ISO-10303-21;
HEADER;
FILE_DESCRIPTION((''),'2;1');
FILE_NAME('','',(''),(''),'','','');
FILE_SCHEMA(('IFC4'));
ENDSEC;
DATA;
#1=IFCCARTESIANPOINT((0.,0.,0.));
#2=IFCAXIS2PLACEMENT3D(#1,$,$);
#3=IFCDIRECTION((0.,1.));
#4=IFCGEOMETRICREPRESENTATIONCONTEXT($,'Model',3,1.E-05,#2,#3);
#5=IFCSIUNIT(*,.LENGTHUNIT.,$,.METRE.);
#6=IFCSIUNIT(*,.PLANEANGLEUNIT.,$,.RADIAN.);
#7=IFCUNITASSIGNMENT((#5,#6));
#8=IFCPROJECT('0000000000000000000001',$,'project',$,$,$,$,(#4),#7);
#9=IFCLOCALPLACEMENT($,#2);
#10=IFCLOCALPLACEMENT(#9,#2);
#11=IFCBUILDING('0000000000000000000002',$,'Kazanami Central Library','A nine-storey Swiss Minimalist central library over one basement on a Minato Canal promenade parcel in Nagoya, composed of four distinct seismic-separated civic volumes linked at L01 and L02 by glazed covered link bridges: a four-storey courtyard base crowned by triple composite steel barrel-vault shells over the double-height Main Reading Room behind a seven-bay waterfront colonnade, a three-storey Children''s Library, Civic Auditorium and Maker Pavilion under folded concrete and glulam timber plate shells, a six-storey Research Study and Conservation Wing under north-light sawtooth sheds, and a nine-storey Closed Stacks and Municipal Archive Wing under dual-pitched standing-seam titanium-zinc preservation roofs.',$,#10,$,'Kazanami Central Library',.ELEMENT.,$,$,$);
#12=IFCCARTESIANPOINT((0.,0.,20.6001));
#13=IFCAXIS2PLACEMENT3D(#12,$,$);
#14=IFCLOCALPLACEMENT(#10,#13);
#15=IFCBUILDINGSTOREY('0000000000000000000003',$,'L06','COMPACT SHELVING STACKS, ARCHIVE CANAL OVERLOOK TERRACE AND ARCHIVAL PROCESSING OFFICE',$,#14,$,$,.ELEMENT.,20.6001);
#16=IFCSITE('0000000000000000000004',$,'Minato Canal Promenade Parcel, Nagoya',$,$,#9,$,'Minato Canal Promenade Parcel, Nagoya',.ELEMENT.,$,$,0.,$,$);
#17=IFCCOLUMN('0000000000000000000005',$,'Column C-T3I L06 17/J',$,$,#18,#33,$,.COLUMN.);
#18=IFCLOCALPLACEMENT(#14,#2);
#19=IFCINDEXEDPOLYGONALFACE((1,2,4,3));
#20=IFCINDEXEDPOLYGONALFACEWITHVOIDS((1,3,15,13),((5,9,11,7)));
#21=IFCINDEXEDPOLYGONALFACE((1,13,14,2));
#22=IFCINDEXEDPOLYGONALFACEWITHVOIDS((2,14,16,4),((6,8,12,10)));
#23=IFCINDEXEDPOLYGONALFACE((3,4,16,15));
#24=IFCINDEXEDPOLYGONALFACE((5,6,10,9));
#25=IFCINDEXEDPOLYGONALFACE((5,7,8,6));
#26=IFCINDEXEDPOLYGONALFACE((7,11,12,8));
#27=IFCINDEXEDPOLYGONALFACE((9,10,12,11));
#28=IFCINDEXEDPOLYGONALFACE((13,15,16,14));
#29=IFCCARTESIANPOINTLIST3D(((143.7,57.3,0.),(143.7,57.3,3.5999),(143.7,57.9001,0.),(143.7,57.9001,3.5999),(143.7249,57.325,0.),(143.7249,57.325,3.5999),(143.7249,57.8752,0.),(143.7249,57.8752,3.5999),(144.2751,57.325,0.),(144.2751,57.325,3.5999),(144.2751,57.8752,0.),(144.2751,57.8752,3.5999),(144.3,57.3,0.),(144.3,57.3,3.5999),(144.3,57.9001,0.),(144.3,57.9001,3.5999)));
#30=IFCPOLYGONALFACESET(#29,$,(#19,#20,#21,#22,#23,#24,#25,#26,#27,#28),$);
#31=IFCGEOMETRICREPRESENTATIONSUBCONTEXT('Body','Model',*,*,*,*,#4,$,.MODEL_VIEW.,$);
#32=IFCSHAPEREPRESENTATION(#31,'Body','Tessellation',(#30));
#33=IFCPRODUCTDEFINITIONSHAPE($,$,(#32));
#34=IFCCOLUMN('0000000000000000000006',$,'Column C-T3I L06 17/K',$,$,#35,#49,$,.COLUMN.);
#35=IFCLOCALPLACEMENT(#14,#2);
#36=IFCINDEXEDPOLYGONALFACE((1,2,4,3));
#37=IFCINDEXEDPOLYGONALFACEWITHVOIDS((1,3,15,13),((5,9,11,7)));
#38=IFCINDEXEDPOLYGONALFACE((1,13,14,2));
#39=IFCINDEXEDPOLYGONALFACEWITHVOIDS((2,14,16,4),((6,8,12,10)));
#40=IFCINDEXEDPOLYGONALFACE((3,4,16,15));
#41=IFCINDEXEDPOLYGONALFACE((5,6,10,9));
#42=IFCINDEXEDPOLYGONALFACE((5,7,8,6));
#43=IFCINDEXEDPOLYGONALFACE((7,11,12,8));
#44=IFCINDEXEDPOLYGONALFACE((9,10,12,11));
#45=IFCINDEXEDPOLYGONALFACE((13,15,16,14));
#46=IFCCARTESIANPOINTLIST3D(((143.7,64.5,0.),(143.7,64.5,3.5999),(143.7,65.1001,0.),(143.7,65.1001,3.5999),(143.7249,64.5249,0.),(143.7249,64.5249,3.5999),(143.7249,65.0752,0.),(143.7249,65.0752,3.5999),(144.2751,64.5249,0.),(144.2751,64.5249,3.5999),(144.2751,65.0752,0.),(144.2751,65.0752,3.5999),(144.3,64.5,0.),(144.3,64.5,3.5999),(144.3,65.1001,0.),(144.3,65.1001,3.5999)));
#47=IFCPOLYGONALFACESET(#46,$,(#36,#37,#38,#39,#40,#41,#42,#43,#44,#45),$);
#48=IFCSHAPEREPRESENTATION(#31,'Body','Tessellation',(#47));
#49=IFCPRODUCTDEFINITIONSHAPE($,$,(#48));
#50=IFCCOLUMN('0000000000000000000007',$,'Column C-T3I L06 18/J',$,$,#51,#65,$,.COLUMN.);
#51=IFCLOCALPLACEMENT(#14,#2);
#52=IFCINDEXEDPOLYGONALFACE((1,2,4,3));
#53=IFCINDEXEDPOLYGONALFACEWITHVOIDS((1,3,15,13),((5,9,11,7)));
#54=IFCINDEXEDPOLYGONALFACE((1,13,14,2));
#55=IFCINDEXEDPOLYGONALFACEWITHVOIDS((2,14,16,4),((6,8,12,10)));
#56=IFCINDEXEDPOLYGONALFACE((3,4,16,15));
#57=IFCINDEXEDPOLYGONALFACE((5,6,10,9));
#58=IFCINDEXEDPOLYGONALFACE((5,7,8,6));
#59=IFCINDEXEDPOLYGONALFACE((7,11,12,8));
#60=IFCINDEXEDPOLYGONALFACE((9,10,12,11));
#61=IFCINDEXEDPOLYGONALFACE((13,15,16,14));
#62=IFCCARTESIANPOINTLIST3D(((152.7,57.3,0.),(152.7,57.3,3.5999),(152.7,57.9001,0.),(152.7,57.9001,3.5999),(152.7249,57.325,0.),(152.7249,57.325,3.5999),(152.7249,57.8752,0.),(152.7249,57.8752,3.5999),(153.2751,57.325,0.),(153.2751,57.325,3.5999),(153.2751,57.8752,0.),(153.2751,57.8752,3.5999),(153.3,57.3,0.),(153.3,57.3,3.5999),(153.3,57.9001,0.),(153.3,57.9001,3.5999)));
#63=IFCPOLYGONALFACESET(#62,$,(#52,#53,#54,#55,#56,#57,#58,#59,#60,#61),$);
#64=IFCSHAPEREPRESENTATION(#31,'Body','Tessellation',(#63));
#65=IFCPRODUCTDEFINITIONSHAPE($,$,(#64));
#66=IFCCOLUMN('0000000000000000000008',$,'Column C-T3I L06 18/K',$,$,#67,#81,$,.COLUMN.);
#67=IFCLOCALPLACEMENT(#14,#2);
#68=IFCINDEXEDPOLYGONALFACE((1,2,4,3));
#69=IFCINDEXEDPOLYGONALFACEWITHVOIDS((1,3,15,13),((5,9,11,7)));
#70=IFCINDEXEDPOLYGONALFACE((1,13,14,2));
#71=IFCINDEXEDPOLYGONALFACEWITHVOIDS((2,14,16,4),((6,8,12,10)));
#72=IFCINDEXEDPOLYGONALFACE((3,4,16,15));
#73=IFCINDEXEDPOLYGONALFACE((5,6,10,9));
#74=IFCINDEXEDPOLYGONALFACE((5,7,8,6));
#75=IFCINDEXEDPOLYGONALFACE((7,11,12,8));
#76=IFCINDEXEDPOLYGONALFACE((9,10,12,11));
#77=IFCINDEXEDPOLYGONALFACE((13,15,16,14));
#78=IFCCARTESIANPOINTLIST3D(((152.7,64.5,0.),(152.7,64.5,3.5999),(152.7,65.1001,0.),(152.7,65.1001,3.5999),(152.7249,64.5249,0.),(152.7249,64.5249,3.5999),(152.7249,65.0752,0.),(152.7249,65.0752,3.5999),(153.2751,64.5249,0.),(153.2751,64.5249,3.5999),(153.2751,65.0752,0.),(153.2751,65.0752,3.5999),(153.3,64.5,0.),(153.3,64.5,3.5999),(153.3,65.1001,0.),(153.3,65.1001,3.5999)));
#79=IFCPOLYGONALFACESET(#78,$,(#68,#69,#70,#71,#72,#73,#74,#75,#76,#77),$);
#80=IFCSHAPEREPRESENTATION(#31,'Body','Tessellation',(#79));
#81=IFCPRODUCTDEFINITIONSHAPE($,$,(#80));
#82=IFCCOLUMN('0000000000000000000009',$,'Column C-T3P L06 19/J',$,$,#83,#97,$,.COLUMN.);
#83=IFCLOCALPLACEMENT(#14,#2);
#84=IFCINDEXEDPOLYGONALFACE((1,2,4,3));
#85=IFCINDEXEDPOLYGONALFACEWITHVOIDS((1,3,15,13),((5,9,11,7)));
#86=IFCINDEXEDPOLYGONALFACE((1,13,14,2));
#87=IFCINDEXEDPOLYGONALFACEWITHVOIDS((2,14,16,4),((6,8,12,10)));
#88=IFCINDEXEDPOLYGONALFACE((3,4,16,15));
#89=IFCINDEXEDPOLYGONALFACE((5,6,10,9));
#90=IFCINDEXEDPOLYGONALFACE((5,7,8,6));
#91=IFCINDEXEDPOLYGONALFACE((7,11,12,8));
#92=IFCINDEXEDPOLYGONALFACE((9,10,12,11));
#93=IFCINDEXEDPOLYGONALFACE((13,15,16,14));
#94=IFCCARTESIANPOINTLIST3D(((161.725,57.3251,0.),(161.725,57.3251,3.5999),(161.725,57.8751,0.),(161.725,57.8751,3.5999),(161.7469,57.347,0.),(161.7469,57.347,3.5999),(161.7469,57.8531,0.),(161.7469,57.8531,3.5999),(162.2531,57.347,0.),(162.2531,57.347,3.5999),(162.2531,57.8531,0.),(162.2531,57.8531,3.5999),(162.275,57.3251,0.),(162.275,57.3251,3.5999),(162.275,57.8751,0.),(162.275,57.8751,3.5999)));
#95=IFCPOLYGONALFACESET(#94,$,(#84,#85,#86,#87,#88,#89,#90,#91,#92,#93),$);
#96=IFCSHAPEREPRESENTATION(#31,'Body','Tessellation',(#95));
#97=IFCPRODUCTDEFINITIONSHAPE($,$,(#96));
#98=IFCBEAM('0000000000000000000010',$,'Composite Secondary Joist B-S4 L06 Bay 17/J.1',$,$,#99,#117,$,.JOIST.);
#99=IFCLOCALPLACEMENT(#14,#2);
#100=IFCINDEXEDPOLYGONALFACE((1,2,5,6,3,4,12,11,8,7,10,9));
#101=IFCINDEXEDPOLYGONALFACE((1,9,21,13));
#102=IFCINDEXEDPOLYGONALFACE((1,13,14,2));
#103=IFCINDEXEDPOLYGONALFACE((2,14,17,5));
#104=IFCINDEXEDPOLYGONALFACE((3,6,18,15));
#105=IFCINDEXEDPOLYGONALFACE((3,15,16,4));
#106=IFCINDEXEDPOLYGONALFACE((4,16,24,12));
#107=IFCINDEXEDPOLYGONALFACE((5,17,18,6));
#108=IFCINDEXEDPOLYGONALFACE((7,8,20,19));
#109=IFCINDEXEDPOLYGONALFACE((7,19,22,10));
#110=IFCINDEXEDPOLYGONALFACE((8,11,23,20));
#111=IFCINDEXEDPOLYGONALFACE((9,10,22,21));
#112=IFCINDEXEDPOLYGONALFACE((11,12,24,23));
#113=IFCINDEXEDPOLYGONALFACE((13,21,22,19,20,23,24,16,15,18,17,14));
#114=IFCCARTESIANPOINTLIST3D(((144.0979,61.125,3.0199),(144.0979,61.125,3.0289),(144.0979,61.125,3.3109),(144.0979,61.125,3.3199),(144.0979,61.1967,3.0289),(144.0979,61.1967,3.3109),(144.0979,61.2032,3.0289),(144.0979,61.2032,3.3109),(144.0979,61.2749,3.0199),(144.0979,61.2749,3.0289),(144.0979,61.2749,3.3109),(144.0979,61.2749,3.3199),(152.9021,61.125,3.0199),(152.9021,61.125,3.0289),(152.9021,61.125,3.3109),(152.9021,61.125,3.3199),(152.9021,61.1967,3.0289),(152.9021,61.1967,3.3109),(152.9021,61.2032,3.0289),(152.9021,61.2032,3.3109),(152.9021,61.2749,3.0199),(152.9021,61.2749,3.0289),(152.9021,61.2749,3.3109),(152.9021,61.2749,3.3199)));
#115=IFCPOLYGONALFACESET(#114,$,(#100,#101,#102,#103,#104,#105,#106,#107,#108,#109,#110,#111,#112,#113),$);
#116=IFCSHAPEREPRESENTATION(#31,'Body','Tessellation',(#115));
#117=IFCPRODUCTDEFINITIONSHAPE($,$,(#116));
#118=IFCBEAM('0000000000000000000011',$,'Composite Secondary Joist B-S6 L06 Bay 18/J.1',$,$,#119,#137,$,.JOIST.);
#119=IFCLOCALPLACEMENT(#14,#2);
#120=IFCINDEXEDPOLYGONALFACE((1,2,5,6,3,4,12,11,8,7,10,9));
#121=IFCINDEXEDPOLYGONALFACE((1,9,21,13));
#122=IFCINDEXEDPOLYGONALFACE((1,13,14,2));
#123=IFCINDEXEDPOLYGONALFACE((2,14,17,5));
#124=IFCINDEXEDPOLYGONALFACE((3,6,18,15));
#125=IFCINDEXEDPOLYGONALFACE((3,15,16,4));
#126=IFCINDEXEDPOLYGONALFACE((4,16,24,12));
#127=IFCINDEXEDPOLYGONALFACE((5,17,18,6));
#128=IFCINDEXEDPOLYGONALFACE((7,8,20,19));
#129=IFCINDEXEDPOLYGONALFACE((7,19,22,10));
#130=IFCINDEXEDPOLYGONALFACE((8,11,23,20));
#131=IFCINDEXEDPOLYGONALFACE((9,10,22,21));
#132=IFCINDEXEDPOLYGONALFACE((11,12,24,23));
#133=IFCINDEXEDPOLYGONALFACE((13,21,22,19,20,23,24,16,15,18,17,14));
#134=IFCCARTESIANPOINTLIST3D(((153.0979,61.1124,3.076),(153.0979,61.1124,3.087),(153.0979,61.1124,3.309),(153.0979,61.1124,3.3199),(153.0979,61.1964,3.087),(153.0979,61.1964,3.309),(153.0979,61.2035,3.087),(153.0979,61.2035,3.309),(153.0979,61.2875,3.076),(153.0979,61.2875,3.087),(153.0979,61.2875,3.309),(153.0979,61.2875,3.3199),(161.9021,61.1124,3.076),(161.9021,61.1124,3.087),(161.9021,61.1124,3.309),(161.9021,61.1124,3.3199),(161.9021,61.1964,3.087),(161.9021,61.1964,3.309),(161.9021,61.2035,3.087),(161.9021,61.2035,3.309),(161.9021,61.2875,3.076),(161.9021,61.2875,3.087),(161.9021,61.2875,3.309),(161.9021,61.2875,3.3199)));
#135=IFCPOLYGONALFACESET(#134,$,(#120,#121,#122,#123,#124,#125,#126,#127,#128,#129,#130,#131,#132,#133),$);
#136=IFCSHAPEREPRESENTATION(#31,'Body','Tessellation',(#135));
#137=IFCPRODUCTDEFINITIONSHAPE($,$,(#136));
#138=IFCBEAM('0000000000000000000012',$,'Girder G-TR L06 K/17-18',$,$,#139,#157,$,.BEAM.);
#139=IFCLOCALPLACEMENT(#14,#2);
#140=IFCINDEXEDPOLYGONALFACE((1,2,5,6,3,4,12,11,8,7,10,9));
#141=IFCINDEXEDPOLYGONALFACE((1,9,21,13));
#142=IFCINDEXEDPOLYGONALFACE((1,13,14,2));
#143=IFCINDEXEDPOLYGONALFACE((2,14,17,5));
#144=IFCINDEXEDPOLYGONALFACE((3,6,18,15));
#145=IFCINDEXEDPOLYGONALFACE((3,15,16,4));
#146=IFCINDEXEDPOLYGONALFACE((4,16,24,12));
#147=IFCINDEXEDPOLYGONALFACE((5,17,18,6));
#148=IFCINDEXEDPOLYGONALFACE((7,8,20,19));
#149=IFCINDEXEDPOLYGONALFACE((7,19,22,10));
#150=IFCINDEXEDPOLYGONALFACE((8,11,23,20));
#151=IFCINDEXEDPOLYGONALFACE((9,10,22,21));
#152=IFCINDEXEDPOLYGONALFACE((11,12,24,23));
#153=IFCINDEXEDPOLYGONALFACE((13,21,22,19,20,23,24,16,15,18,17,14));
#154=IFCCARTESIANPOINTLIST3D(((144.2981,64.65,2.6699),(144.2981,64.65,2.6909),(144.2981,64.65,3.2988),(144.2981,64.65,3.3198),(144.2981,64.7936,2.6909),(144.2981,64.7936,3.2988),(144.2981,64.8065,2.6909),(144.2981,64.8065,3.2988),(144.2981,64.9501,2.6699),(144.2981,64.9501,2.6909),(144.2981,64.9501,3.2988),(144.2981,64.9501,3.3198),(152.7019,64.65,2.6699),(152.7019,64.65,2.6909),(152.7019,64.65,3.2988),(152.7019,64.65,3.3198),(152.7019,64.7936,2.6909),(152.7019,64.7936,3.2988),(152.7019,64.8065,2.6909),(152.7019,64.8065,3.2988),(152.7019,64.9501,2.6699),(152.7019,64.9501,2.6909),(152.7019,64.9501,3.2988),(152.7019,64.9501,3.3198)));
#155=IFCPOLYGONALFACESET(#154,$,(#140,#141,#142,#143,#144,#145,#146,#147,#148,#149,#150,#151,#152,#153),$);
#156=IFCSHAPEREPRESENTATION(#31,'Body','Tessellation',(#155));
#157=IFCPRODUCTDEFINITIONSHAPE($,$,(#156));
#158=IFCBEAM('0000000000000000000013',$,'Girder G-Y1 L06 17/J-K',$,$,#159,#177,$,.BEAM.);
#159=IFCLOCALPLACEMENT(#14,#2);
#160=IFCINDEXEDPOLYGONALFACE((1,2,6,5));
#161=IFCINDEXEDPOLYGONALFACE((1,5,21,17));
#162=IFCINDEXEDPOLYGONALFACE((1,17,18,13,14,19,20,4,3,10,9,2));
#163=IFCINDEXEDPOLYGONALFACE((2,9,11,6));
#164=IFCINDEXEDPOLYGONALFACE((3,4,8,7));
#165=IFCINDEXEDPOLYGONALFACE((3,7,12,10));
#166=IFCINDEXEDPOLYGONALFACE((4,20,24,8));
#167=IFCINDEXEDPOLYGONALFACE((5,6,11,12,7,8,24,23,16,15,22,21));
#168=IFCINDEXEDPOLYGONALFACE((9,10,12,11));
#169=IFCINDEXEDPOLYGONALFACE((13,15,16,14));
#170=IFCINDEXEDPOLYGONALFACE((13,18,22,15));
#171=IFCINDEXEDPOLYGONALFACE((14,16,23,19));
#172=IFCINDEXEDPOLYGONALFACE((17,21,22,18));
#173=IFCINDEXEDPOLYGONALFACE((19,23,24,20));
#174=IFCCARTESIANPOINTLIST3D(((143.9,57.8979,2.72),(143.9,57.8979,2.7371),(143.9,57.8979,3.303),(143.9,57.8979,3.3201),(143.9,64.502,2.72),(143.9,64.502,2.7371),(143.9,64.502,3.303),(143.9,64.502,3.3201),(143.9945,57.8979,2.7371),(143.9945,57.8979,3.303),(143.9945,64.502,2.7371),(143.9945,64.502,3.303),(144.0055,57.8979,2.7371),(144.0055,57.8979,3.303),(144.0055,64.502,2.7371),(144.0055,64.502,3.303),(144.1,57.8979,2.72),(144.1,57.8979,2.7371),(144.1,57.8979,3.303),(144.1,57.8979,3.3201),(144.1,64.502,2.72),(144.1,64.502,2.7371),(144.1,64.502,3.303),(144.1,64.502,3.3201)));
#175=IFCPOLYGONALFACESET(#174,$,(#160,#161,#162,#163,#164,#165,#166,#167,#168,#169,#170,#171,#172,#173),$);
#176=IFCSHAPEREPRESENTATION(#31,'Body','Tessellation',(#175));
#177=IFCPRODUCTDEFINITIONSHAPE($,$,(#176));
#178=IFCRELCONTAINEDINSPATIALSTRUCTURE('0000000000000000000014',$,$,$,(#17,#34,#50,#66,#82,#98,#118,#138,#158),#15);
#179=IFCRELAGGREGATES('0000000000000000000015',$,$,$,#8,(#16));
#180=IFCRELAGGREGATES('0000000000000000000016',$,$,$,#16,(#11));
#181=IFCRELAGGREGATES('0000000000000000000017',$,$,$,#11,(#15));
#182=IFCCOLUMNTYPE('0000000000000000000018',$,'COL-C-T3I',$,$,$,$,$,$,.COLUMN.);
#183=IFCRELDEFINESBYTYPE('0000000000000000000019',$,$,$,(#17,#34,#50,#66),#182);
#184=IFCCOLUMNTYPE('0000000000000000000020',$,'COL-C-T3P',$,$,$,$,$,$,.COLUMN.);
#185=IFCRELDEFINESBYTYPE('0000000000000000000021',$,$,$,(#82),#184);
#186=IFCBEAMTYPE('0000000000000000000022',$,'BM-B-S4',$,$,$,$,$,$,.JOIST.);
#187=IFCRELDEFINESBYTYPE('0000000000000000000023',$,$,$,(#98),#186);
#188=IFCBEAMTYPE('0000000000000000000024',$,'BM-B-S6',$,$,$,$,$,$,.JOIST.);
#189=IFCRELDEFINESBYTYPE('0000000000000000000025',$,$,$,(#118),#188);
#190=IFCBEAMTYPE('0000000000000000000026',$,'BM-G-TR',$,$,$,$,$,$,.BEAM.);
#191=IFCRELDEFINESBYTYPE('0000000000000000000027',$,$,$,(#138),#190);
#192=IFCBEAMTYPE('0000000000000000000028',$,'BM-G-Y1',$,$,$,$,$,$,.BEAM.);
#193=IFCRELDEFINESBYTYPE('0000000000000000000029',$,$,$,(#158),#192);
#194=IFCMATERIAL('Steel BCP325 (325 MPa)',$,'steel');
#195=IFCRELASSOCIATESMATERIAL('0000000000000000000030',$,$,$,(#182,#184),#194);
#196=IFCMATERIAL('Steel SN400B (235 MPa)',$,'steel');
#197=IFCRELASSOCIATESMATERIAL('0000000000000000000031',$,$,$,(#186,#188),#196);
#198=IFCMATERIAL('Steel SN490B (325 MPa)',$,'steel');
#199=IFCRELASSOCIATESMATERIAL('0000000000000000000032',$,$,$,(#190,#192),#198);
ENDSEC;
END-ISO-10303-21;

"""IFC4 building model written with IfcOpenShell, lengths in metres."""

from ifc_helpers import new_model, si_unit, direction, frame, origin, origin_2d, place, context, subcontext, project, spatial, hollow_rectangle, i_section, extrude, material, material_profile, profile_set, type_object, element, save


model = new_model("IFC4")

# Units and contexts
model_context = context("Model", 3, precision=1e-05, world=origin(), true_north=direction((0.0, 1.0)))
body_context = subcontext(model_context, "Body", "Model", "MODEL_VIEW")
ifc_project = project(units=[si_unit("LENGTHUNIT", "METRE"), si_unit("PLANEANGLEUNIT", "RADIAN")], contexts=[model_context])

# Site, building, storey
site_placement = place(None, origin())
site = spatial("IfcSite", under=ifc_project, at=site_placement, Name="Minato Canal Promenade Parcel, Nagoya", LongName="Minato Canal Promenade Parcel, Nagoya", CompositionType="ELEMENT", RefElevation=0.0)
building_placement = place(site_placement, origin())
building = spatial("IfcBuilding", under=site, at=building_placement, Name="Kazanami Central Library", Description="A nine-storey Swiss Minimalist central library over one basement on a Minato Canal promenade parcel in Nagoya, composed of four distinct seismic-separated civic volumes linked at L01 and L02 by glazed covered link bridges: a four-storey courtyard base crowned by triple composite steel barrel-vault shells over the double-height Main Reading Room behind a seven-bay waterfront colonnade, a three-storey Children's Library, Civic Auditorium and Maker Pavilion under folded concrete and glulam timber plate shells, a six-storey Research Study and Conservation Wing under north-light sawtooth sheds, and a nine-storey Closed Stacks and Municipal Archive Wing under dual-pitched standing-seam titanium-zinc preservation roofs.", LongName="Kazanami Central Library", CompositionType="ELEMENT")
storey_placement = place(building_placement, frame((0.0, 0.0, 20.6001)))
storey = spatial("IfcBuildingStorey", under=building, at=storey_placement, Name="L06", Description="COMPACT SHELVING STACKS, ARCHIVE CANAL OVERLOOK TERRACE AND ARCHIVAL PROCESSING OFFICE", CompositionType="ELEMENT", Elevation=20.6001)

# Columns
ifc_material_1 = material(Name="Steel BCP325 (325 MPa)", Category="steel")
ifc_material_profile_1 = material_profile(ifc_material_1, hollow_rectangle(XDim=0.6001, YDim=0.6001, WallThickness=0.0249, at=origin_2d()), Name="BCP-600x600x25")
ifc_profile_set_1 = profile_set([ifc_material_profile_1], Name="Steel BCP325 (325 MPa)")
column_type_1 = type_object("IfcColumnType", Name="COL-C-T3I", PredefinedType="COLUMN", material=ifc_profile_set_1)
for number, where, z_axis, x_axis, name in (
    (1, (144.0, 57.6001, 0.0), (0.0, 0.0, 1.0), (1.0, 0.0, 0.0), "Column C-T3I L06 17/J"),
    (2, (144.0, 64.8, 0.0), (0.0, 0.0, 1.0), (1.0, 0.0, 0.0), "Column C-T3I L06 17/K"),
    (3, (153.0, 57.6001, 0.0), (0.0, 0.0, 1.0), (1.0, 0.0, 0.0), "Column C-T3I L06 18/J"),
    (4, (153.0, 64.8, 0.0), (0.0, 0.0, 1.0), (1.0, 0.0, 0.0), "Column C-T3I L06 18/K"),
):
    element("IfcColumn", number, at=place(storey_placement, frame(where, z_axis=z_axis, x_axis=x_axis)), inside=storey, type_object=column_type_1, Name=name, PredefinedType="COLUMN", context=body_context, shape_type="SweptSolid", body=[
        extrude(hollow_rectangle(XDim=0.6001, YDim=0.6001, WallThickness=0.0249, at=origin_2d()), origin(), (0.0, 0.0, 1.0), 3.5999),
    ])
ifc_material_profile_2 = material_profile(ifc_material_1, hollow_rectangle(XDim=0.55, YDim=0.55, WallThickness=0.022, at=origin_2d()), Name="BCP-550x550x22")
ifc_profile_set_2 = profile_set([ifc_material_profile_2], Name="Steel BCP325 (325 MPa)")
column_type_2 = type_object("IfcColumnType", Name="COL-C-T3P", PredefinedType="COLUMN", material=ifc_profile_set_2)
column_placement = place(storey_placement, frame((162.0, 57.6001, 0.0), z_axis=(0.0, 0.0, 1.0), x_axis=(1.0, 0.0, 0.0)))
element("IfcColumn", 5, at=column_placement, inside=storey, type_object=column_type_2, Name="Column C-T3P L06 19/J", PredefinedType="COLUMN", context=body_context, shape_type="SweptSolid", body=[
    extrude(hollow_rectangle(XDim=0.55, YDim=0.55, WallThickness=0.022, at=origin_2d()), origin(), (0.0, 0.0, 1.0), 3.5999),
])

# Beams
ifc_material_2 = material(Name="Steel SN400B (235 MPa)", Category="steel")
ifc_material_profile_3 = material_profile(ifc_material_2, i_section(OverallWidth=0.1499, OverallDepth=0.3, WebThickness=0.0066, FlangeThickness=0.009, at=origin_2d()), Name="H-300x150x6.5x9")
ifc_profile_set_3 = profile_set([ifc_material_profile_3], Name="Steel SN400B (235 MPa)")
beam_type_1 = type_object("IfcBeamType", Name="BM-B-S4", PredefinedType="JOIST", material=ifc_profile_set_3)
beam_1_placement = place(storey_placement, frame((144.0979, 61.2, 3.1699), z_axis=(1.0, 0.0, 0.0), x_axis=(0.0, 1.0, 0.0)))
element("IfcBeam", 6, at=beam_1_placement, inside=storey, type_object=beam_type_1, Name="Composite Secondary Joist B-S4 L06 Bay 17/J.1", PredefinedType="JOIST", context=body_context, shape_type="SweptSolid", body=[
    extrude(i_section(OverallWidth=0.1499, OverallDepth=0.3, WebThickness=0.0066, FlangeThickness=0.009, at=origin_2d()), origin(), (0.0, 0.0, 1.0), 8.8042),
])
ifc_material_profile_4 = material_profile(ifc_material_2, i_section(OverallWidth=0.175, OverallDepth=0.2439, WebThickness=0.0071, FlangeThickness=0.011, at=origin_2d()), Name="H-244x175x7x11")
ifc_profile_set_4 = profile_set([ifc_material_profile_4], Name="Steel SN400B (235 MPa)")
beam_type_2 = type_object("IfcBeamType", Name="BM-B-S6", PredefinedType="JOIST", material=ifc_profile_set_4)
beam_2_placement = place(storey_placement, frame((153.0979, 61.2, 3.198), z_axis=(1.0, 0.0, 0.0), x_axis=(0.0, 1.0, 0.0)))
element("IfcBeam", 7, at=beam_2_placement, inside=storey, type_object=beam_type_2, Name="Composite Secondary Joist B-S6 L06 Bay 18/J.1", PredefinedType="JOIST", context=body_context, shape_type="SweptSolid", body=[
    extrude(i_section(OverallWidth=0.175, OverallDepth=0.2439, WebThickness=0.0071, FlangeThickness=0.011, at=origin_2d()), origin(), (0.0, 0.0, 1.0), 8.8042),
])
ifc_material_3 = material(Name="Steel SN490B (325 MPa)", Category="steel")
ifc_material_profile_5 = material_profile(ifc_material_3, i_section(OverallWidth=0.3, OverallDepth=0.6499, WebThickness=0.0129, FlangeThickness=0.021, at=origin_2d()), Name="H-650x300x13x21")
ifc_profile_set_5 = profile_set([ifc_material_profile_5], Name="Steel SN490B (325 MPa)")
beam_type_3 = type_object("IfcBeamType", Name="BM-G-TR", PredefinedType="BEAM", material=ifc_profile_set_5)
beam_3_placement = place(storey_placement, frame((144.2981, 64.8, 2.9949), z_axis=(1.0, 0.0, 0.0), x_axis=(0.0, 1.0, 0.0)))
element("IfcBeam", 8, at=beam_3_placement, inside=storey, type_object=beam_type_3, Name="Girder G-TR L06 K/17-18", PredefinedType="BEAM", context=body_context, shape_type="SweptSolid", body=[
    extrude(i_section(OverallWidth=0.3, OverallDepth=0.6499, WebThickness=0.0129, FlangeThickness=0.021, at=origin_2d()), origin(), (0.0, 0.0, 1.0), 8.4038),
])
ifc_material_profile_6 = material_profile(ifc_material_3, i_section(OverallWidth=0.2, OverallDepth=0.6001, WebThickness=0.011, FlangeThickness=0.0171, at=origin_2d()), Name="H-600x200x11x17")
ifc_profile_set_6 = profile_set([ifc_material_profile_6], Name="Steel SN490B (325 MPa)")
beam_type_4 = type_object("IfcBeamType", Name="BM-G-Y1", PredefinedType="BEAM", material=ifc_profile_set_6)
for number, where, z_axis, x_axis, name in (
    (9, (144.0, 57.8979, 3.02), (0.0, 1.0, 0.0), (-1.0, 0.0, 0.0), "Girder G-Y1 L06 17/J-K"),
):
    element("IfcBeam", number, at=place(storey_placement, frame(where, z_axis=z_axis, x_axis=x_axis)), inside=storey, type_object=beam_type_4, Name=name, PredefinedType="BEAM", context=body_context, shape_type="SweptSolid", body=[
        extrude(i_section(OverallWidth=0.2, OverallDepth=0.6001, WebThickness=0.011, FlangeThickness=0.0171, at=origin_2d()), origin(), (0.0, 0.0, 1.0), 6.604),
    ])

save(model, "model.ifc")
